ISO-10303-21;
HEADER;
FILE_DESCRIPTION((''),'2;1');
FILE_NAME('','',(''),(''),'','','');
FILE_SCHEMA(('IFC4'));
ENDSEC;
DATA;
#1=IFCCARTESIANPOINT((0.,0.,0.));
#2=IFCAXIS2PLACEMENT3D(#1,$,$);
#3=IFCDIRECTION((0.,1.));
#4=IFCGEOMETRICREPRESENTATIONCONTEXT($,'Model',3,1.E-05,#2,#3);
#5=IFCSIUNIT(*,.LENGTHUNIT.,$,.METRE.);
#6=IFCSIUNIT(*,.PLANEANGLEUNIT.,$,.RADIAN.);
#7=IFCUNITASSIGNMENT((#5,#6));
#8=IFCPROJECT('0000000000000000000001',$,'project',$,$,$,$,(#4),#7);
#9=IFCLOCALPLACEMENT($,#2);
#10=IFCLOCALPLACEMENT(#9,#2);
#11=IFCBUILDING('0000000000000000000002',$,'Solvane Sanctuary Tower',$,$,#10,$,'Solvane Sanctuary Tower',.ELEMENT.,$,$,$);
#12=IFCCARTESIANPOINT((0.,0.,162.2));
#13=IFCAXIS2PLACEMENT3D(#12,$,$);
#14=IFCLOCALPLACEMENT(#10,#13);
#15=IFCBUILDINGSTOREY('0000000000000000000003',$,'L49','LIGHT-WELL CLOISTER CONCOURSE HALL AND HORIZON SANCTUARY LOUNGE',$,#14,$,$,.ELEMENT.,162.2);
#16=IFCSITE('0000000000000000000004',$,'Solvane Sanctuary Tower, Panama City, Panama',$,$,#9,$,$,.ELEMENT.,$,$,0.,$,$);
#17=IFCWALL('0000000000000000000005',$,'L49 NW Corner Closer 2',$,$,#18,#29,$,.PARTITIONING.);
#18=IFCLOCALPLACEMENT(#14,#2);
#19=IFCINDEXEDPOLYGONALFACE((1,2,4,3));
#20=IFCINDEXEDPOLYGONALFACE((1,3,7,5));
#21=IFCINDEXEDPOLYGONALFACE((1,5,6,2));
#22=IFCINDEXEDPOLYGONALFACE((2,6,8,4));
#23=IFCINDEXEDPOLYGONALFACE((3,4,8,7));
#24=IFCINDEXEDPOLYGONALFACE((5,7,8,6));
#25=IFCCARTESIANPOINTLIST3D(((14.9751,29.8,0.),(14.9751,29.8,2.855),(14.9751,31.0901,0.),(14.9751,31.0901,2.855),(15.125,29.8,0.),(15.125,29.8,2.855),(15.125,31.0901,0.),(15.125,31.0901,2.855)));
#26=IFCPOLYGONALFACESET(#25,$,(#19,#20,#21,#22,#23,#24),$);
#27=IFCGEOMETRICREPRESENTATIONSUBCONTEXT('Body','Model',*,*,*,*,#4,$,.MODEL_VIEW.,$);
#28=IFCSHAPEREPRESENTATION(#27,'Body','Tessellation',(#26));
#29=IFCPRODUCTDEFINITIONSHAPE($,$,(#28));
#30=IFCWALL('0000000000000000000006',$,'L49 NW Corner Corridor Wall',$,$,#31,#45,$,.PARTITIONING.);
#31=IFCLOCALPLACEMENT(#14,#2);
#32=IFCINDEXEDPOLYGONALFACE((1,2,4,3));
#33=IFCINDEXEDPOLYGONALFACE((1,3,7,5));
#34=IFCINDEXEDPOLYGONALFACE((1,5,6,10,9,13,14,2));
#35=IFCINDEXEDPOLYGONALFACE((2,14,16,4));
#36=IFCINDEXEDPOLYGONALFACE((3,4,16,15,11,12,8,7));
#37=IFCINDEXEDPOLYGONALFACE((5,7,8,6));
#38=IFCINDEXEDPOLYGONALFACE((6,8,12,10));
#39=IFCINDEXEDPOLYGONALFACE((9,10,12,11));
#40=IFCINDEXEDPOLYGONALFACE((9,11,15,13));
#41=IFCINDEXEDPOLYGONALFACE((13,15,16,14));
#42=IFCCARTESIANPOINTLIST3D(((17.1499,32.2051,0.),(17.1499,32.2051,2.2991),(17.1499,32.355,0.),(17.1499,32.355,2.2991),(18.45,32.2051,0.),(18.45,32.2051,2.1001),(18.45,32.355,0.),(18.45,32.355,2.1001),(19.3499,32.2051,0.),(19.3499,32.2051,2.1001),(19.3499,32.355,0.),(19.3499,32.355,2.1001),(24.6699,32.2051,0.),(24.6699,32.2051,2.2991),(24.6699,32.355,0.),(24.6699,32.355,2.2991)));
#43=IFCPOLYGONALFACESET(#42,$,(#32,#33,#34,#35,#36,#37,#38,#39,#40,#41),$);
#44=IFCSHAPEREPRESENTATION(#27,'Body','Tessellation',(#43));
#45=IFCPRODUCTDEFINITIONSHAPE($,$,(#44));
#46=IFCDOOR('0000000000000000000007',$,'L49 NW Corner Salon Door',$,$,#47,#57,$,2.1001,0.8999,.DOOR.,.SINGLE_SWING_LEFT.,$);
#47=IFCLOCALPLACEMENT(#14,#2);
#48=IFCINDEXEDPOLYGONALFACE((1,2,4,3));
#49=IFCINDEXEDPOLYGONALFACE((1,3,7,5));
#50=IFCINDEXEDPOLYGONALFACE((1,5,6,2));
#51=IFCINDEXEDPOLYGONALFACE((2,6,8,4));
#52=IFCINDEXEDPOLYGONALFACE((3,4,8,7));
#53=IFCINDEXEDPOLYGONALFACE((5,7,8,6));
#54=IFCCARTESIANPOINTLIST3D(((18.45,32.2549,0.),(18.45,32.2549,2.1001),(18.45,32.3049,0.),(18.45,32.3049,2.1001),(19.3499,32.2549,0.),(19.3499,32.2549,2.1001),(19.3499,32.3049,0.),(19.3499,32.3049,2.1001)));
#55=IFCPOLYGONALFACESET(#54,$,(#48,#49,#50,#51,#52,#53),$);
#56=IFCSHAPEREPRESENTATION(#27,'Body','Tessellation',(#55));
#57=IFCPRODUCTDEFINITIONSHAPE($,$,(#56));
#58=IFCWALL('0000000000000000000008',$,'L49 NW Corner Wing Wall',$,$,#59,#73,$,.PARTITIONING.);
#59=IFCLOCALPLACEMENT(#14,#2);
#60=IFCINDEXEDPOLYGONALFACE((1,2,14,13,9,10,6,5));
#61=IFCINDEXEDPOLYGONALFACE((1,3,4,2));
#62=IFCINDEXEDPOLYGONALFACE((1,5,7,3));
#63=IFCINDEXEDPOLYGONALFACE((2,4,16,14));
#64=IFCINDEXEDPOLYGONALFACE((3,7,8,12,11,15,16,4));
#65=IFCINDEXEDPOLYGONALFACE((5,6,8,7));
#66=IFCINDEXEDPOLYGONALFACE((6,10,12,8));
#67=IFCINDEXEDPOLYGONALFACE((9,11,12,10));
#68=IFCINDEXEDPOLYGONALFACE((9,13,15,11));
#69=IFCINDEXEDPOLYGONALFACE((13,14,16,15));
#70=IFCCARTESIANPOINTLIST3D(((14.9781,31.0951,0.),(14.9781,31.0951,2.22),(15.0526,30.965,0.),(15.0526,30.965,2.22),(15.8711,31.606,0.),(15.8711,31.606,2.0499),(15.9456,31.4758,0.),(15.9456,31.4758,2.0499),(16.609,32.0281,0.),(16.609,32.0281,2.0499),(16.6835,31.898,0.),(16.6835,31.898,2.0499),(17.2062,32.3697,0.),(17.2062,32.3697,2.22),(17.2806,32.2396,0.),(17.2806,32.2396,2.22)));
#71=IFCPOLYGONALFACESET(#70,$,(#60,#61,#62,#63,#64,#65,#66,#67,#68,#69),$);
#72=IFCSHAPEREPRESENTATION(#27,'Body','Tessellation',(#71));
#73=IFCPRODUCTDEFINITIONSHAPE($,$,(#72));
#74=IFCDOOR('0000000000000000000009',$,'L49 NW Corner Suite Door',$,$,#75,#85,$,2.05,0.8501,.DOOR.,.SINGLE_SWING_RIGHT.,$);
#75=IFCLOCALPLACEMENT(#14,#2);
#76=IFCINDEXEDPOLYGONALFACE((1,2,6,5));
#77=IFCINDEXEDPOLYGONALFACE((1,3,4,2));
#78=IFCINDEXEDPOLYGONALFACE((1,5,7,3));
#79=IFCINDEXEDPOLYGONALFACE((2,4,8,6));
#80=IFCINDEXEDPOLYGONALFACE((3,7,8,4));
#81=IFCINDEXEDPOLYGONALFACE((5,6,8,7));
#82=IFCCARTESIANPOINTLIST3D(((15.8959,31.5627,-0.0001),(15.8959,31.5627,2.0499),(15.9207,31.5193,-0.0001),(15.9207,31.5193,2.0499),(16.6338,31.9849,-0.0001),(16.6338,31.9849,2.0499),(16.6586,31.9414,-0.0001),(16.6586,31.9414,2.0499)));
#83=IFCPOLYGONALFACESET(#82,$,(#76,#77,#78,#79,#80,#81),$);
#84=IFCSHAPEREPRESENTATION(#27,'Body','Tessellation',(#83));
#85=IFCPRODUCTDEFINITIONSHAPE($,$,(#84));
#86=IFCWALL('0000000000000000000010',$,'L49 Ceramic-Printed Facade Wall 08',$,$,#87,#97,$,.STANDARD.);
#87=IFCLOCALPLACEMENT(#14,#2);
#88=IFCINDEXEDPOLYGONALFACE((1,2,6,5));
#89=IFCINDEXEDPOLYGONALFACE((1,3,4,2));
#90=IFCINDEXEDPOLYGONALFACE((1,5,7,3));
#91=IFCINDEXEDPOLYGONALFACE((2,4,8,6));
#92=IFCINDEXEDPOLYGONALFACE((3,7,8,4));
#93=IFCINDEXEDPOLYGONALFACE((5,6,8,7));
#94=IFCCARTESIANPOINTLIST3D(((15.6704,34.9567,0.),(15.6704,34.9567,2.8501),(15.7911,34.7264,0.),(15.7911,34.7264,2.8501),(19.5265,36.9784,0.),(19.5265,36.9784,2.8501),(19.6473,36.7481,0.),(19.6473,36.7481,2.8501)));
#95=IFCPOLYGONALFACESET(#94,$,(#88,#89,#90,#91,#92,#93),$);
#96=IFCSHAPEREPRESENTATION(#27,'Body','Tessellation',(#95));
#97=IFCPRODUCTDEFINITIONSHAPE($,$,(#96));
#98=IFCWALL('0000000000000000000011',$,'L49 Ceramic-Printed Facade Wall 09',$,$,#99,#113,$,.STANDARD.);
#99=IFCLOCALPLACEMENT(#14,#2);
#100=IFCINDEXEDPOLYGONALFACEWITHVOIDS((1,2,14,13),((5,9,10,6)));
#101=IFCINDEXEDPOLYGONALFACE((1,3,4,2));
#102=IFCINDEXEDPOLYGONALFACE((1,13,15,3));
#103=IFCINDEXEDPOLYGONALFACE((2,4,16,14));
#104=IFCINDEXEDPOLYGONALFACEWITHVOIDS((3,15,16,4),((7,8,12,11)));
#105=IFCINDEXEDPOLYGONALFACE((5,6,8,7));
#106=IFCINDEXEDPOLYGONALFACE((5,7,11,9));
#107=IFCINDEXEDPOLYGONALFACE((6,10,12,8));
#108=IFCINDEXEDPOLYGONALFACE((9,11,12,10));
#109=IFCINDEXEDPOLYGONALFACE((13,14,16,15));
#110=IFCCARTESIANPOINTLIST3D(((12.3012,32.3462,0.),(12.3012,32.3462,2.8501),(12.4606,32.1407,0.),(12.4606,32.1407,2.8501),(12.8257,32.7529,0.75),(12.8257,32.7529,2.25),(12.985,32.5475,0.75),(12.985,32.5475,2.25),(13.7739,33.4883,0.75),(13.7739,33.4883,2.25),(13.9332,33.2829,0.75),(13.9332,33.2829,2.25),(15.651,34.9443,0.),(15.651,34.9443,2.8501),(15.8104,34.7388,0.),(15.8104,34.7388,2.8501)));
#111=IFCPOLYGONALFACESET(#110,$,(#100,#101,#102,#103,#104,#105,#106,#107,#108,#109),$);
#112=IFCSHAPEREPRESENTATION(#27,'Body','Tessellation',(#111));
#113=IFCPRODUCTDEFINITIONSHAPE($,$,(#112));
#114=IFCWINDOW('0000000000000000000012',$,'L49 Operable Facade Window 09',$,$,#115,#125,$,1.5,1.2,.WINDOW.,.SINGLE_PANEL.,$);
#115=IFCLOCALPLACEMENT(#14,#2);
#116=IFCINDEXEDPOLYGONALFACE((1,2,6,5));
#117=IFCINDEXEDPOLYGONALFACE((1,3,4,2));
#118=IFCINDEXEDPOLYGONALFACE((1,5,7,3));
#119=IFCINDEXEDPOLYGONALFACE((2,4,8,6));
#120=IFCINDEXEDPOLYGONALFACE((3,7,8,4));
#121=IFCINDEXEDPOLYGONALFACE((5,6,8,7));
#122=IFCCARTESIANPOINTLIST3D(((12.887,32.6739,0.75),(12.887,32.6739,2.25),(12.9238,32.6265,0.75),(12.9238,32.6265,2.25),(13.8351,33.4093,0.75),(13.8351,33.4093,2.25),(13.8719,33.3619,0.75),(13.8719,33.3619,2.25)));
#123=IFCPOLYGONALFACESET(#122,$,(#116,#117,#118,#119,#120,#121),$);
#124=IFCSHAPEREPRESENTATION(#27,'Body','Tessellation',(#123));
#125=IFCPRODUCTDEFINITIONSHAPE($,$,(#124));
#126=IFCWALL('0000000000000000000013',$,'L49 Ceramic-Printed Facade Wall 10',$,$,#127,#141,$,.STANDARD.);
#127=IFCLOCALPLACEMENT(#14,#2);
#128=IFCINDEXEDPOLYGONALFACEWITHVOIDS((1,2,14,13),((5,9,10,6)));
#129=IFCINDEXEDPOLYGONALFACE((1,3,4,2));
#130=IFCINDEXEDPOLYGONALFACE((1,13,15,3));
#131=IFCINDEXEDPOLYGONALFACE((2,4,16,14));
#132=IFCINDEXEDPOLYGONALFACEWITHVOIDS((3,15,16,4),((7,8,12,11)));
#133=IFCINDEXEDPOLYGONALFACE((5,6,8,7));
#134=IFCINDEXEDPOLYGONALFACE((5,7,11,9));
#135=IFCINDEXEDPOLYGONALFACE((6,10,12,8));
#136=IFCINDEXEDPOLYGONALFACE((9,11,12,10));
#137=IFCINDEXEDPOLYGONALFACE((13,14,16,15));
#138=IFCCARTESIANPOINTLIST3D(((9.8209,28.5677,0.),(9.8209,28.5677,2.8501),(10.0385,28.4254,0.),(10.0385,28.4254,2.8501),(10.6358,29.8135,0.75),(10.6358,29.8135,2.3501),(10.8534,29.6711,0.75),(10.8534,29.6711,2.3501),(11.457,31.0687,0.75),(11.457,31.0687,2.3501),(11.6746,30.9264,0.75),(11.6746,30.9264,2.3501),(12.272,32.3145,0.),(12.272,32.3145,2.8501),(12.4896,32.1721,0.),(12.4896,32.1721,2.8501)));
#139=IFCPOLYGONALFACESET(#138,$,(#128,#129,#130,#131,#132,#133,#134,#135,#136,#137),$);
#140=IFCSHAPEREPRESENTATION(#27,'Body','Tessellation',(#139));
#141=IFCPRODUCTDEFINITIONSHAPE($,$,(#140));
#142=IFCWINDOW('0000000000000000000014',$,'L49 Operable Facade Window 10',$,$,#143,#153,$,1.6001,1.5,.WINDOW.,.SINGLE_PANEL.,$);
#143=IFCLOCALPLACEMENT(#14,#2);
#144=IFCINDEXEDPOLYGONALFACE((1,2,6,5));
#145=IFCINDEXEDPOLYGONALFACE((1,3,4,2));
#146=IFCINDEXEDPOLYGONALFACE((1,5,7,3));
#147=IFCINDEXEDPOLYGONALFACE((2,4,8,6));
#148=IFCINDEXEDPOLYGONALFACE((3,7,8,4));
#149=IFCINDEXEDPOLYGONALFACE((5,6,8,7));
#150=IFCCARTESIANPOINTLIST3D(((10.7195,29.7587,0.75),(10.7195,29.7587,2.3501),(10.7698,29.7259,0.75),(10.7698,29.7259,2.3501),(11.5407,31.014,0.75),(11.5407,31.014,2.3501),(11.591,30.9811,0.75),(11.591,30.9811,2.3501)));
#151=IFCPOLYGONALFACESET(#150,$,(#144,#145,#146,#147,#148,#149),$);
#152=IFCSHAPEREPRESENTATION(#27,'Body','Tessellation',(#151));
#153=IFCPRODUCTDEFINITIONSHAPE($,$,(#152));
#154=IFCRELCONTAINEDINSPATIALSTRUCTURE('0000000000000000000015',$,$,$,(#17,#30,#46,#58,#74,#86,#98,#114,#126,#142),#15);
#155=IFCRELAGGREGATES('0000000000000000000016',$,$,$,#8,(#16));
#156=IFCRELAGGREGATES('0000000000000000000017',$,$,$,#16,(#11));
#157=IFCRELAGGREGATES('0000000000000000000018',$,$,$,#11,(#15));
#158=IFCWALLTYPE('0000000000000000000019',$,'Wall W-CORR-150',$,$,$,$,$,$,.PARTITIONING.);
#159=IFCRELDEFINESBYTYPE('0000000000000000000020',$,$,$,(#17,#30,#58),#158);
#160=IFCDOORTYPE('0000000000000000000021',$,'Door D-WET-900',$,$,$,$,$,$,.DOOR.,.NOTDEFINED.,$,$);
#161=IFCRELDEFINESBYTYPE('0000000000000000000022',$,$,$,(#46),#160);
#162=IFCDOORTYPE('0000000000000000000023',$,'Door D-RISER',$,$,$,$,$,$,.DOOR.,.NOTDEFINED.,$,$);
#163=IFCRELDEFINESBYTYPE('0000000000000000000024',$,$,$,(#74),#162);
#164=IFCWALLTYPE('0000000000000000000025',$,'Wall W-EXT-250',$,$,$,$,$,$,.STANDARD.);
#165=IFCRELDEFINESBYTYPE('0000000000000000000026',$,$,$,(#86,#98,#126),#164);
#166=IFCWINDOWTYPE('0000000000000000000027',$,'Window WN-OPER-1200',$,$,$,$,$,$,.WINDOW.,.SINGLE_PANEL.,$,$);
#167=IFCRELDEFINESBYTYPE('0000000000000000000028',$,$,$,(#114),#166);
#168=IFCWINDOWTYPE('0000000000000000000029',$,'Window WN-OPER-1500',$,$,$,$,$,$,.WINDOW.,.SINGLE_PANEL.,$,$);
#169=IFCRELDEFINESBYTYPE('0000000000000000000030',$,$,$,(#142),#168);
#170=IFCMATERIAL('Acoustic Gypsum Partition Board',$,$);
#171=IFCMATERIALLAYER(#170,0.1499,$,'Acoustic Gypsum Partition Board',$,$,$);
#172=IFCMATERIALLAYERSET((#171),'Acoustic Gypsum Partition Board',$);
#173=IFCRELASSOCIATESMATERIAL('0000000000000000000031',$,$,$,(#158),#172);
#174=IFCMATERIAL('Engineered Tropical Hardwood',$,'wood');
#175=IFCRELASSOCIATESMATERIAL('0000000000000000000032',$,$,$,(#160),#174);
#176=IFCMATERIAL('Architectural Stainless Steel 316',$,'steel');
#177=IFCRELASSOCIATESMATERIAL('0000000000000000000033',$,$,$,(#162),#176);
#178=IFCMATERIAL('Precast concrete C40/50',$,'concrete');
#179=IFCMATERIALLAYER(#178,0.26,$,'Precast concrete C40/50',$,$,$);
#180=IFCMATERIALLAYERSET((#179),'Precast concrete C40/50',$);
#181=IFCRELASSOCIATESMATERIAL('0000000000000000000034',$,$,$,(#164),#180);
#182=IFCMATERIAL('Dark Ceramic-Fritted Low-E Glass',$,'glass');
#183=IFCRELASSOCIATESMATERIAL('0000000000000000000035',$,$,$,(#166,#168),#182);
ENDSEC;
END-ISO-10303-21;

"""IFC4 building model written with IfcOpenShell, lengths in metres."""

from ifc_helpers import new_model, si_unit, direction, frame, frame_2d, origin, place, context, subcontext, project, spatial, rectangle, extrude, material, layer, layer_set, type_object, element, fill, save


model = new_model("IFC4")

# Units and contexts
model_context = context("Model", 3, precision=1e-05, world=origin(), true_north=direction((0.0, 1.0)))
body_context = subcontext(model_context, "Body", "Model", "MODEL_VIEW")
ifc_project = project(units=[si_unit("LENGTHUNIT", "METRE"), si_unit("PLANEANGLEUNIT", "RADIAN")], contexts=[model_context])

# Site, building, storey
site_placement = place(None, origin())
site = spatial("IfcSite", under=ifc_project, at=site_placement, Name="Solvane Sanctuary Tower, Panama City, Panama", CompositionType="ELEMENT", RefElevation=0.0)
building_placement = place(site_placement, origin())
building = spatial("IfcBuilding", under=site, at=building_placement, Name="Solvane Sanctuary Tower", LongName="Solvane Sanctuary Tower", CompositionType="ELEMENT")
storey_placement = place(building_placement, frame((0.0, 0.0, 162.2)))
storey = spatial("IfcBuildingStorey", under=building, at=storey_placement, Name="L49", Description="LIGHT-WELL CLOISTER CONCOURSE HALL AND HORIZON SANCTUARY LOUNGE", CompositionType="ELEMENT", Elevation=162.2)

# Wall
ifc_material_1 = material(Name="Acoustic Gypsum Partition Board")
ifc_layer_1 = layer(ifc_material_1, 0.1499, Name="Acoustic Gypsum Partition Board")
ifc_layer_set_1 = layer_set([ifc_layer_1], Name="Acoustic Gypsum Partition Board")
wall_type_1 = type_object("IfcWallType", Name="Wall W-CORR-150", PredefinedType="PARTITIONING", material=ifc_layer_set_1)
wall_1_placement = place(storey_placement, frame((15.05, 29.8, 0.0), z_axis=(0.0, 0.0, 1.0), x_axis=(0.0, 1.0, 0.0)))
element("IfcWall", 1, at=wall_1_placement, inside=storey, type_object=wall_type_1, Name="L49 NW Corner Closer 2", PredefinedType="PARTITIONING", context=body_context, shape_type="SweptSolid", body=[
    extrude(rectangle(XDim=1.29, YDim=0.1499, at=frame_2d((0.645, 0.0))), origin(), (0.0, 0.0, 1.0), 2.855),
])

# Walls, openings, doors
wall_2_placement = place(storey_placement, frame((17.1499, 32.28, 0.0), z_axis=(0.0, 0.0, 1.0), x_axis=(1.0, 0.0, 0.0)))
wall_2 = element("IfcWall", 2, at=wall_2_placement, inside=storey, type_object=wall_type_1, Name="L49 NW Corner Corridor Wall", PredefinedType="PARTITIONING", context=body_context, shape_type="SweptSolid", body=[
    extrude(rectangle(XDim=7.52, YDim=0.1499, at=frame_2d((3.76, 0.0))), origin(), (0.0, 0.0, 1.0), 2.2991),
])
opening_1_placement = place(wall_2_placement, frame((1.3, 0.0, 0.0)))
opening_1 = element("IfcOpeningElement", 3, at=opening_1_placement, cuts=wall_2, PredefinedType="OPENING", context=body_context, shape_type="SweptSolid", body=[
    extrude(rectangle(XDim=0.8999, YDim=2.1001, at=frame_2d((0.45, 1.05))), frame((0.0, 0.085, 0.0), z_axis=(0.0, -1.0, 0.0), x_axis=(1.0, 0.0, 0.0)), (0.0, 0.0, 1.0), 0.1699),
])
ifc_material_2 = material(Name="Engineered Tropical Hardwood", Category="wood")
door_type_1 = type_object("IfcDoorType", Name="Door D-WET-900", OperationType="NOTDEFINED", PredefinedType="DOOR", material=ifc_material_2)
door_1_placement = place(opening_1_placement, origin())
door_1 = element("IfcDoor", 4, at=door_1_placement, inside=storey, type_object=door_type_1, Name="L49 NW Corner Salon Door", OperationType="SINGLE_SWING_LEFT", OverallHeight=2.1001, OverallWidth=0.8999, PredefinedType="DOOR", context=body_context, shape_type="SweptSolid", body=[
    extrude(rectangle(XDim=0.8999, YDim=2.1001, at=frame_2d((0.45, 1.05))), frame((0.0, 0.0249, 0.0), z_axis=(0.0, -1.0, 0.0), x_axis=(1.0, 0.0, 0.0)), (0.0, 0.0, 1.0), 0.05),
])
fill(opening_1, door_1)
wall_3_placement = place(storey_placement, frame((17.2434, 32.3047, 0.0), z_axis=(0.0, 0.0, 1.0), x_axis=(-0.867991, -0.496579, 0.0)))
wall_3 = element("IfcWall", 5, at=wall_3_placement, inside=storey, type_object=wall_type_1, Name="L49 NW Corner Wing Wall", PredefinedType="PARTITIONING", context=body_context, shape_type="SweptSolid", body=[
    extrude(rectangle(XDim=2.5669, YDim=0.1499, at=frame_2d((1.2834, 0.0))), origin(), (0.0, 0.0, 1.0), 2.22),
])
opening_2_placement = place(wall_3_placement, frame((0.688, 0.0, 0.0)))
opening_2 = element("IfcOpeningElement", 6, at=opening_2_placement, cuts=wall_3, PredefinedType="OPENING", context=body_context, shape_type="SweptSolid", body=[
    extrude(rectangle(XDim=0.8501, YDim=2.05, at=frame_2d((0.425, 1.0249))), frame((0.0, 0.085, 0.0), z_axis=(0.0, -1.0, 0.0), x_axis=(1.0, 0.0, 0.0)), (0.0, 0.0, 1.0), 0.1699),
])
ifc_material_3 = material(Name="Architectural Stainless Steel 316", Category="steel")
door_type_2 = type_object("IfcDoorType", Name="Door D-RISER", OperationType="NOTDEFINED", PredefinedType="DOOR", material=ifc_material_3)
door_2_placement = place(opening_2_placement, origin())
door_2 = element("IfcDoor", 7, at=door_2_placement, inside=storey, type_object=door_type_2, Name="L49 NW Corner Suite Door", OperationType="SINGLE_SWING_RIGHT", OverallHeight=2.05, OverallWidth=0.8501, PredefinedType="DOOR", context=body_context, shape_type="SweptSolid", body=[
    extrude(rectangle(XDim=0.8501, YDim=2.05, at=frame_2d((0.425, 1.0249))), frame((0.0, 0.0249, 0.0), z_axis=(0.0, -1.0, 0.0), x_axis=(1.0, 0.0, 0.0)), (0.0, 0.0, 1.0), 0.05),
])
fill(opening_2, door_2)

# Wall
ifc_material_4 = material(Name="Precast concrete C40/50", Category="concrete")
ifc_layer_2 = layer(ifc_material_4, 0.26, Name="Precast concrete C40/50")
ifc_layer_set_2 = layer_set([ifc_layer_2], Name="Precast concrete C40/50")
wall_type_2 = type_object("IfcWallType", Name="Wall W-EXT-250", PredefinedType="STANDARD", material=ifc_layer_set_2)
wall_4_placement = place(storey_placement, frame((19.5869, 36.8633, 0.0), z_axis=(0.0, 0.0, 1.0), x_axis=(-0.88566, -0.464334, 0.0)))
element("IfcWall", 8, at=wall_4_placement, inside=storey, type_object=wall_type_2, Name="L49 Ceramic-Printed Facade Wall 08", PredefinedType="STANDARD", context=body_context, shape_type="SweptSolid", body=[
    extrude(rectangle(XDim=4.354, YDim=0.26, at=frame_2d((2.177, 0.0))), origin(), (0.0, 0.0, 1.0), 2.8501),
])

# Walls, openings, windows
wall_5_placement = place(storey_placement, frame((15.7307, 34.8416, 0.0), z_axis=(0.0, 0.0, 1.0), x_axis=(-0.790186, -0.612868, 0.0)))
wall_5 = element("IfcWall", 9, at=wall_5_placement, inside=storey, type_object=wall_type_2, Name="L49 Ceramic-Printed Facade Wall 09", PredefinedType="STANDARD", context=body_context, shape_type="SweptSolid", body=[
    extrude(rectangle(XDim=4.2393, YDim=0.26, at=frame_2d((2.1196, 0.0))), origin(), (0.0, 0.0, 1.0), 2.8501),
])
opening_3_placement = place(wall_5_placement, frame((2.3755, 0.0, 0.75)))
opening_3 = element("IfcOpeningElement", 10, at=opening_3_placement, cuts=wall_5, PredefinedType="OPENING", context=body_context, shape_type="SweptSolid", body=[
    extrude(rectangle(XDim=1.2, YDim=1.5, at=frame_2d((0.6001, 0.75))), frame((0.0, 0.1399, 0.0), z_axis=(0.0, -1.0, 0.0), x_axis=(1.0, 0.0, 0.0)), (0.0, 0.0, 1.0), 0.28),
])
ifc_material_5 = material(Name="Dark Ceramic-Fritted Low-E Glass", Category="glass")
window_type_1 = type_object("IfcWindowType", Name="Window WN-OPER-1200", PartitioningType="SINGLE_PANEL", PredefinedType="WINDOW", material=ifc_material_5)
window_1_placement = place(opening_3_placement, origin())
window_1 = element("IfcWindow", 11, at=window_1_placement, inside=storey, type_object=window_type_1, Name="L49 Operable Facade Window 09", OverallHeight=1.5, OverallWidth=1.2, PartitioningType="SINGLE_PANEL", PredefinedType="WINDOW", context=body_context, shape_type="SweptSolid", body=[
    extrude(rectangle(XDim=1.2, YDim=1.5, at=frame_2d((0.6001, 0.75))), frame((0.0, 0.03, 0.0), z_axis=(0.0, -1.0, 0.0), x_axis=(1.0, 0.0, 0.0)), (0.0, 0.0, 1.0), 0.0601),
])
fill(opening_3, window_1)
wall_6_placement = place(storey_placement, frame((12.3809, 32.2434, 0.0), z_axis=(0.0, 0.0, 1.0), x_axis=(-0.547456, -0.836834, 0.0)))
wall_6 = element("IfcWall", 12, at=wall_6_placement, inside=storey, type_object=wall_type_2, Name="L49 Ceramic-Printed Facade Wall 10", PredefinedType="STANDARD", context=body_context, shape_type="SweptSolid", body=[
    extrude(rectangle(XDim=4.4773, YDim=0.26, at=frame_2d((2.2388, 0.0))), origin(), (0.0, 0.0, 1.0), 2.8501),
])
opening_4_placement = place(wall_6_placement, frame((1.4888, 0.0, 0.75)))
opening_4 = element("IfcOpeningElement", 13, at=opening_4_placement, cuts=wall_6, PredefinedType="OPENING", context=body_context, shape_type="SweptSolid", body=[
    extrude(rectangle(XDim=1.5, YDim=1.6001, at=frame_2d((0.75, 0.8))), frame((0.0, 0.1399, 0.0), z_axis=(0.0, -1.0, 0.0), x_axis=(1.0, 0.0, 0.0)), (0.0, 0.0, 1.0), 0.28),
])
window_type_2 = type_object("IfcWindowType", Name="Window WN-OPER-1500", PartitioningType="SINGLE_PANEL", PredefinedType="WINDOW", material=ifc_material_5)
window_2_placement = place(opening_4_placement, origin())
window_2 = element("IfcWindow", 14, at=window_2_placement, inside=storey, type_object=window_type_2, Name="L49 Operable Facade Window 10", OverallHeight=1.6001, OverallWidth=1.5, PartitioningType="SINGLE_PANEL", PredefinedType="WINDOW", context=body_context, shape_type="SweptSolid", body=[
    extrude(rectangle(XDim=1.5, YDim=1.6001, at=frame_2d((0.75, 0.8))), frame((0.0, 0.03, 0.0), z_axis=(0.0, -1.0, 0.0), x_axis=(1.0, 0.0, 0.0)), (0.0, 0.0, 1.0), 0.0601),
])
fill(opening_4, window_2)

save(model, "model.ifc")
